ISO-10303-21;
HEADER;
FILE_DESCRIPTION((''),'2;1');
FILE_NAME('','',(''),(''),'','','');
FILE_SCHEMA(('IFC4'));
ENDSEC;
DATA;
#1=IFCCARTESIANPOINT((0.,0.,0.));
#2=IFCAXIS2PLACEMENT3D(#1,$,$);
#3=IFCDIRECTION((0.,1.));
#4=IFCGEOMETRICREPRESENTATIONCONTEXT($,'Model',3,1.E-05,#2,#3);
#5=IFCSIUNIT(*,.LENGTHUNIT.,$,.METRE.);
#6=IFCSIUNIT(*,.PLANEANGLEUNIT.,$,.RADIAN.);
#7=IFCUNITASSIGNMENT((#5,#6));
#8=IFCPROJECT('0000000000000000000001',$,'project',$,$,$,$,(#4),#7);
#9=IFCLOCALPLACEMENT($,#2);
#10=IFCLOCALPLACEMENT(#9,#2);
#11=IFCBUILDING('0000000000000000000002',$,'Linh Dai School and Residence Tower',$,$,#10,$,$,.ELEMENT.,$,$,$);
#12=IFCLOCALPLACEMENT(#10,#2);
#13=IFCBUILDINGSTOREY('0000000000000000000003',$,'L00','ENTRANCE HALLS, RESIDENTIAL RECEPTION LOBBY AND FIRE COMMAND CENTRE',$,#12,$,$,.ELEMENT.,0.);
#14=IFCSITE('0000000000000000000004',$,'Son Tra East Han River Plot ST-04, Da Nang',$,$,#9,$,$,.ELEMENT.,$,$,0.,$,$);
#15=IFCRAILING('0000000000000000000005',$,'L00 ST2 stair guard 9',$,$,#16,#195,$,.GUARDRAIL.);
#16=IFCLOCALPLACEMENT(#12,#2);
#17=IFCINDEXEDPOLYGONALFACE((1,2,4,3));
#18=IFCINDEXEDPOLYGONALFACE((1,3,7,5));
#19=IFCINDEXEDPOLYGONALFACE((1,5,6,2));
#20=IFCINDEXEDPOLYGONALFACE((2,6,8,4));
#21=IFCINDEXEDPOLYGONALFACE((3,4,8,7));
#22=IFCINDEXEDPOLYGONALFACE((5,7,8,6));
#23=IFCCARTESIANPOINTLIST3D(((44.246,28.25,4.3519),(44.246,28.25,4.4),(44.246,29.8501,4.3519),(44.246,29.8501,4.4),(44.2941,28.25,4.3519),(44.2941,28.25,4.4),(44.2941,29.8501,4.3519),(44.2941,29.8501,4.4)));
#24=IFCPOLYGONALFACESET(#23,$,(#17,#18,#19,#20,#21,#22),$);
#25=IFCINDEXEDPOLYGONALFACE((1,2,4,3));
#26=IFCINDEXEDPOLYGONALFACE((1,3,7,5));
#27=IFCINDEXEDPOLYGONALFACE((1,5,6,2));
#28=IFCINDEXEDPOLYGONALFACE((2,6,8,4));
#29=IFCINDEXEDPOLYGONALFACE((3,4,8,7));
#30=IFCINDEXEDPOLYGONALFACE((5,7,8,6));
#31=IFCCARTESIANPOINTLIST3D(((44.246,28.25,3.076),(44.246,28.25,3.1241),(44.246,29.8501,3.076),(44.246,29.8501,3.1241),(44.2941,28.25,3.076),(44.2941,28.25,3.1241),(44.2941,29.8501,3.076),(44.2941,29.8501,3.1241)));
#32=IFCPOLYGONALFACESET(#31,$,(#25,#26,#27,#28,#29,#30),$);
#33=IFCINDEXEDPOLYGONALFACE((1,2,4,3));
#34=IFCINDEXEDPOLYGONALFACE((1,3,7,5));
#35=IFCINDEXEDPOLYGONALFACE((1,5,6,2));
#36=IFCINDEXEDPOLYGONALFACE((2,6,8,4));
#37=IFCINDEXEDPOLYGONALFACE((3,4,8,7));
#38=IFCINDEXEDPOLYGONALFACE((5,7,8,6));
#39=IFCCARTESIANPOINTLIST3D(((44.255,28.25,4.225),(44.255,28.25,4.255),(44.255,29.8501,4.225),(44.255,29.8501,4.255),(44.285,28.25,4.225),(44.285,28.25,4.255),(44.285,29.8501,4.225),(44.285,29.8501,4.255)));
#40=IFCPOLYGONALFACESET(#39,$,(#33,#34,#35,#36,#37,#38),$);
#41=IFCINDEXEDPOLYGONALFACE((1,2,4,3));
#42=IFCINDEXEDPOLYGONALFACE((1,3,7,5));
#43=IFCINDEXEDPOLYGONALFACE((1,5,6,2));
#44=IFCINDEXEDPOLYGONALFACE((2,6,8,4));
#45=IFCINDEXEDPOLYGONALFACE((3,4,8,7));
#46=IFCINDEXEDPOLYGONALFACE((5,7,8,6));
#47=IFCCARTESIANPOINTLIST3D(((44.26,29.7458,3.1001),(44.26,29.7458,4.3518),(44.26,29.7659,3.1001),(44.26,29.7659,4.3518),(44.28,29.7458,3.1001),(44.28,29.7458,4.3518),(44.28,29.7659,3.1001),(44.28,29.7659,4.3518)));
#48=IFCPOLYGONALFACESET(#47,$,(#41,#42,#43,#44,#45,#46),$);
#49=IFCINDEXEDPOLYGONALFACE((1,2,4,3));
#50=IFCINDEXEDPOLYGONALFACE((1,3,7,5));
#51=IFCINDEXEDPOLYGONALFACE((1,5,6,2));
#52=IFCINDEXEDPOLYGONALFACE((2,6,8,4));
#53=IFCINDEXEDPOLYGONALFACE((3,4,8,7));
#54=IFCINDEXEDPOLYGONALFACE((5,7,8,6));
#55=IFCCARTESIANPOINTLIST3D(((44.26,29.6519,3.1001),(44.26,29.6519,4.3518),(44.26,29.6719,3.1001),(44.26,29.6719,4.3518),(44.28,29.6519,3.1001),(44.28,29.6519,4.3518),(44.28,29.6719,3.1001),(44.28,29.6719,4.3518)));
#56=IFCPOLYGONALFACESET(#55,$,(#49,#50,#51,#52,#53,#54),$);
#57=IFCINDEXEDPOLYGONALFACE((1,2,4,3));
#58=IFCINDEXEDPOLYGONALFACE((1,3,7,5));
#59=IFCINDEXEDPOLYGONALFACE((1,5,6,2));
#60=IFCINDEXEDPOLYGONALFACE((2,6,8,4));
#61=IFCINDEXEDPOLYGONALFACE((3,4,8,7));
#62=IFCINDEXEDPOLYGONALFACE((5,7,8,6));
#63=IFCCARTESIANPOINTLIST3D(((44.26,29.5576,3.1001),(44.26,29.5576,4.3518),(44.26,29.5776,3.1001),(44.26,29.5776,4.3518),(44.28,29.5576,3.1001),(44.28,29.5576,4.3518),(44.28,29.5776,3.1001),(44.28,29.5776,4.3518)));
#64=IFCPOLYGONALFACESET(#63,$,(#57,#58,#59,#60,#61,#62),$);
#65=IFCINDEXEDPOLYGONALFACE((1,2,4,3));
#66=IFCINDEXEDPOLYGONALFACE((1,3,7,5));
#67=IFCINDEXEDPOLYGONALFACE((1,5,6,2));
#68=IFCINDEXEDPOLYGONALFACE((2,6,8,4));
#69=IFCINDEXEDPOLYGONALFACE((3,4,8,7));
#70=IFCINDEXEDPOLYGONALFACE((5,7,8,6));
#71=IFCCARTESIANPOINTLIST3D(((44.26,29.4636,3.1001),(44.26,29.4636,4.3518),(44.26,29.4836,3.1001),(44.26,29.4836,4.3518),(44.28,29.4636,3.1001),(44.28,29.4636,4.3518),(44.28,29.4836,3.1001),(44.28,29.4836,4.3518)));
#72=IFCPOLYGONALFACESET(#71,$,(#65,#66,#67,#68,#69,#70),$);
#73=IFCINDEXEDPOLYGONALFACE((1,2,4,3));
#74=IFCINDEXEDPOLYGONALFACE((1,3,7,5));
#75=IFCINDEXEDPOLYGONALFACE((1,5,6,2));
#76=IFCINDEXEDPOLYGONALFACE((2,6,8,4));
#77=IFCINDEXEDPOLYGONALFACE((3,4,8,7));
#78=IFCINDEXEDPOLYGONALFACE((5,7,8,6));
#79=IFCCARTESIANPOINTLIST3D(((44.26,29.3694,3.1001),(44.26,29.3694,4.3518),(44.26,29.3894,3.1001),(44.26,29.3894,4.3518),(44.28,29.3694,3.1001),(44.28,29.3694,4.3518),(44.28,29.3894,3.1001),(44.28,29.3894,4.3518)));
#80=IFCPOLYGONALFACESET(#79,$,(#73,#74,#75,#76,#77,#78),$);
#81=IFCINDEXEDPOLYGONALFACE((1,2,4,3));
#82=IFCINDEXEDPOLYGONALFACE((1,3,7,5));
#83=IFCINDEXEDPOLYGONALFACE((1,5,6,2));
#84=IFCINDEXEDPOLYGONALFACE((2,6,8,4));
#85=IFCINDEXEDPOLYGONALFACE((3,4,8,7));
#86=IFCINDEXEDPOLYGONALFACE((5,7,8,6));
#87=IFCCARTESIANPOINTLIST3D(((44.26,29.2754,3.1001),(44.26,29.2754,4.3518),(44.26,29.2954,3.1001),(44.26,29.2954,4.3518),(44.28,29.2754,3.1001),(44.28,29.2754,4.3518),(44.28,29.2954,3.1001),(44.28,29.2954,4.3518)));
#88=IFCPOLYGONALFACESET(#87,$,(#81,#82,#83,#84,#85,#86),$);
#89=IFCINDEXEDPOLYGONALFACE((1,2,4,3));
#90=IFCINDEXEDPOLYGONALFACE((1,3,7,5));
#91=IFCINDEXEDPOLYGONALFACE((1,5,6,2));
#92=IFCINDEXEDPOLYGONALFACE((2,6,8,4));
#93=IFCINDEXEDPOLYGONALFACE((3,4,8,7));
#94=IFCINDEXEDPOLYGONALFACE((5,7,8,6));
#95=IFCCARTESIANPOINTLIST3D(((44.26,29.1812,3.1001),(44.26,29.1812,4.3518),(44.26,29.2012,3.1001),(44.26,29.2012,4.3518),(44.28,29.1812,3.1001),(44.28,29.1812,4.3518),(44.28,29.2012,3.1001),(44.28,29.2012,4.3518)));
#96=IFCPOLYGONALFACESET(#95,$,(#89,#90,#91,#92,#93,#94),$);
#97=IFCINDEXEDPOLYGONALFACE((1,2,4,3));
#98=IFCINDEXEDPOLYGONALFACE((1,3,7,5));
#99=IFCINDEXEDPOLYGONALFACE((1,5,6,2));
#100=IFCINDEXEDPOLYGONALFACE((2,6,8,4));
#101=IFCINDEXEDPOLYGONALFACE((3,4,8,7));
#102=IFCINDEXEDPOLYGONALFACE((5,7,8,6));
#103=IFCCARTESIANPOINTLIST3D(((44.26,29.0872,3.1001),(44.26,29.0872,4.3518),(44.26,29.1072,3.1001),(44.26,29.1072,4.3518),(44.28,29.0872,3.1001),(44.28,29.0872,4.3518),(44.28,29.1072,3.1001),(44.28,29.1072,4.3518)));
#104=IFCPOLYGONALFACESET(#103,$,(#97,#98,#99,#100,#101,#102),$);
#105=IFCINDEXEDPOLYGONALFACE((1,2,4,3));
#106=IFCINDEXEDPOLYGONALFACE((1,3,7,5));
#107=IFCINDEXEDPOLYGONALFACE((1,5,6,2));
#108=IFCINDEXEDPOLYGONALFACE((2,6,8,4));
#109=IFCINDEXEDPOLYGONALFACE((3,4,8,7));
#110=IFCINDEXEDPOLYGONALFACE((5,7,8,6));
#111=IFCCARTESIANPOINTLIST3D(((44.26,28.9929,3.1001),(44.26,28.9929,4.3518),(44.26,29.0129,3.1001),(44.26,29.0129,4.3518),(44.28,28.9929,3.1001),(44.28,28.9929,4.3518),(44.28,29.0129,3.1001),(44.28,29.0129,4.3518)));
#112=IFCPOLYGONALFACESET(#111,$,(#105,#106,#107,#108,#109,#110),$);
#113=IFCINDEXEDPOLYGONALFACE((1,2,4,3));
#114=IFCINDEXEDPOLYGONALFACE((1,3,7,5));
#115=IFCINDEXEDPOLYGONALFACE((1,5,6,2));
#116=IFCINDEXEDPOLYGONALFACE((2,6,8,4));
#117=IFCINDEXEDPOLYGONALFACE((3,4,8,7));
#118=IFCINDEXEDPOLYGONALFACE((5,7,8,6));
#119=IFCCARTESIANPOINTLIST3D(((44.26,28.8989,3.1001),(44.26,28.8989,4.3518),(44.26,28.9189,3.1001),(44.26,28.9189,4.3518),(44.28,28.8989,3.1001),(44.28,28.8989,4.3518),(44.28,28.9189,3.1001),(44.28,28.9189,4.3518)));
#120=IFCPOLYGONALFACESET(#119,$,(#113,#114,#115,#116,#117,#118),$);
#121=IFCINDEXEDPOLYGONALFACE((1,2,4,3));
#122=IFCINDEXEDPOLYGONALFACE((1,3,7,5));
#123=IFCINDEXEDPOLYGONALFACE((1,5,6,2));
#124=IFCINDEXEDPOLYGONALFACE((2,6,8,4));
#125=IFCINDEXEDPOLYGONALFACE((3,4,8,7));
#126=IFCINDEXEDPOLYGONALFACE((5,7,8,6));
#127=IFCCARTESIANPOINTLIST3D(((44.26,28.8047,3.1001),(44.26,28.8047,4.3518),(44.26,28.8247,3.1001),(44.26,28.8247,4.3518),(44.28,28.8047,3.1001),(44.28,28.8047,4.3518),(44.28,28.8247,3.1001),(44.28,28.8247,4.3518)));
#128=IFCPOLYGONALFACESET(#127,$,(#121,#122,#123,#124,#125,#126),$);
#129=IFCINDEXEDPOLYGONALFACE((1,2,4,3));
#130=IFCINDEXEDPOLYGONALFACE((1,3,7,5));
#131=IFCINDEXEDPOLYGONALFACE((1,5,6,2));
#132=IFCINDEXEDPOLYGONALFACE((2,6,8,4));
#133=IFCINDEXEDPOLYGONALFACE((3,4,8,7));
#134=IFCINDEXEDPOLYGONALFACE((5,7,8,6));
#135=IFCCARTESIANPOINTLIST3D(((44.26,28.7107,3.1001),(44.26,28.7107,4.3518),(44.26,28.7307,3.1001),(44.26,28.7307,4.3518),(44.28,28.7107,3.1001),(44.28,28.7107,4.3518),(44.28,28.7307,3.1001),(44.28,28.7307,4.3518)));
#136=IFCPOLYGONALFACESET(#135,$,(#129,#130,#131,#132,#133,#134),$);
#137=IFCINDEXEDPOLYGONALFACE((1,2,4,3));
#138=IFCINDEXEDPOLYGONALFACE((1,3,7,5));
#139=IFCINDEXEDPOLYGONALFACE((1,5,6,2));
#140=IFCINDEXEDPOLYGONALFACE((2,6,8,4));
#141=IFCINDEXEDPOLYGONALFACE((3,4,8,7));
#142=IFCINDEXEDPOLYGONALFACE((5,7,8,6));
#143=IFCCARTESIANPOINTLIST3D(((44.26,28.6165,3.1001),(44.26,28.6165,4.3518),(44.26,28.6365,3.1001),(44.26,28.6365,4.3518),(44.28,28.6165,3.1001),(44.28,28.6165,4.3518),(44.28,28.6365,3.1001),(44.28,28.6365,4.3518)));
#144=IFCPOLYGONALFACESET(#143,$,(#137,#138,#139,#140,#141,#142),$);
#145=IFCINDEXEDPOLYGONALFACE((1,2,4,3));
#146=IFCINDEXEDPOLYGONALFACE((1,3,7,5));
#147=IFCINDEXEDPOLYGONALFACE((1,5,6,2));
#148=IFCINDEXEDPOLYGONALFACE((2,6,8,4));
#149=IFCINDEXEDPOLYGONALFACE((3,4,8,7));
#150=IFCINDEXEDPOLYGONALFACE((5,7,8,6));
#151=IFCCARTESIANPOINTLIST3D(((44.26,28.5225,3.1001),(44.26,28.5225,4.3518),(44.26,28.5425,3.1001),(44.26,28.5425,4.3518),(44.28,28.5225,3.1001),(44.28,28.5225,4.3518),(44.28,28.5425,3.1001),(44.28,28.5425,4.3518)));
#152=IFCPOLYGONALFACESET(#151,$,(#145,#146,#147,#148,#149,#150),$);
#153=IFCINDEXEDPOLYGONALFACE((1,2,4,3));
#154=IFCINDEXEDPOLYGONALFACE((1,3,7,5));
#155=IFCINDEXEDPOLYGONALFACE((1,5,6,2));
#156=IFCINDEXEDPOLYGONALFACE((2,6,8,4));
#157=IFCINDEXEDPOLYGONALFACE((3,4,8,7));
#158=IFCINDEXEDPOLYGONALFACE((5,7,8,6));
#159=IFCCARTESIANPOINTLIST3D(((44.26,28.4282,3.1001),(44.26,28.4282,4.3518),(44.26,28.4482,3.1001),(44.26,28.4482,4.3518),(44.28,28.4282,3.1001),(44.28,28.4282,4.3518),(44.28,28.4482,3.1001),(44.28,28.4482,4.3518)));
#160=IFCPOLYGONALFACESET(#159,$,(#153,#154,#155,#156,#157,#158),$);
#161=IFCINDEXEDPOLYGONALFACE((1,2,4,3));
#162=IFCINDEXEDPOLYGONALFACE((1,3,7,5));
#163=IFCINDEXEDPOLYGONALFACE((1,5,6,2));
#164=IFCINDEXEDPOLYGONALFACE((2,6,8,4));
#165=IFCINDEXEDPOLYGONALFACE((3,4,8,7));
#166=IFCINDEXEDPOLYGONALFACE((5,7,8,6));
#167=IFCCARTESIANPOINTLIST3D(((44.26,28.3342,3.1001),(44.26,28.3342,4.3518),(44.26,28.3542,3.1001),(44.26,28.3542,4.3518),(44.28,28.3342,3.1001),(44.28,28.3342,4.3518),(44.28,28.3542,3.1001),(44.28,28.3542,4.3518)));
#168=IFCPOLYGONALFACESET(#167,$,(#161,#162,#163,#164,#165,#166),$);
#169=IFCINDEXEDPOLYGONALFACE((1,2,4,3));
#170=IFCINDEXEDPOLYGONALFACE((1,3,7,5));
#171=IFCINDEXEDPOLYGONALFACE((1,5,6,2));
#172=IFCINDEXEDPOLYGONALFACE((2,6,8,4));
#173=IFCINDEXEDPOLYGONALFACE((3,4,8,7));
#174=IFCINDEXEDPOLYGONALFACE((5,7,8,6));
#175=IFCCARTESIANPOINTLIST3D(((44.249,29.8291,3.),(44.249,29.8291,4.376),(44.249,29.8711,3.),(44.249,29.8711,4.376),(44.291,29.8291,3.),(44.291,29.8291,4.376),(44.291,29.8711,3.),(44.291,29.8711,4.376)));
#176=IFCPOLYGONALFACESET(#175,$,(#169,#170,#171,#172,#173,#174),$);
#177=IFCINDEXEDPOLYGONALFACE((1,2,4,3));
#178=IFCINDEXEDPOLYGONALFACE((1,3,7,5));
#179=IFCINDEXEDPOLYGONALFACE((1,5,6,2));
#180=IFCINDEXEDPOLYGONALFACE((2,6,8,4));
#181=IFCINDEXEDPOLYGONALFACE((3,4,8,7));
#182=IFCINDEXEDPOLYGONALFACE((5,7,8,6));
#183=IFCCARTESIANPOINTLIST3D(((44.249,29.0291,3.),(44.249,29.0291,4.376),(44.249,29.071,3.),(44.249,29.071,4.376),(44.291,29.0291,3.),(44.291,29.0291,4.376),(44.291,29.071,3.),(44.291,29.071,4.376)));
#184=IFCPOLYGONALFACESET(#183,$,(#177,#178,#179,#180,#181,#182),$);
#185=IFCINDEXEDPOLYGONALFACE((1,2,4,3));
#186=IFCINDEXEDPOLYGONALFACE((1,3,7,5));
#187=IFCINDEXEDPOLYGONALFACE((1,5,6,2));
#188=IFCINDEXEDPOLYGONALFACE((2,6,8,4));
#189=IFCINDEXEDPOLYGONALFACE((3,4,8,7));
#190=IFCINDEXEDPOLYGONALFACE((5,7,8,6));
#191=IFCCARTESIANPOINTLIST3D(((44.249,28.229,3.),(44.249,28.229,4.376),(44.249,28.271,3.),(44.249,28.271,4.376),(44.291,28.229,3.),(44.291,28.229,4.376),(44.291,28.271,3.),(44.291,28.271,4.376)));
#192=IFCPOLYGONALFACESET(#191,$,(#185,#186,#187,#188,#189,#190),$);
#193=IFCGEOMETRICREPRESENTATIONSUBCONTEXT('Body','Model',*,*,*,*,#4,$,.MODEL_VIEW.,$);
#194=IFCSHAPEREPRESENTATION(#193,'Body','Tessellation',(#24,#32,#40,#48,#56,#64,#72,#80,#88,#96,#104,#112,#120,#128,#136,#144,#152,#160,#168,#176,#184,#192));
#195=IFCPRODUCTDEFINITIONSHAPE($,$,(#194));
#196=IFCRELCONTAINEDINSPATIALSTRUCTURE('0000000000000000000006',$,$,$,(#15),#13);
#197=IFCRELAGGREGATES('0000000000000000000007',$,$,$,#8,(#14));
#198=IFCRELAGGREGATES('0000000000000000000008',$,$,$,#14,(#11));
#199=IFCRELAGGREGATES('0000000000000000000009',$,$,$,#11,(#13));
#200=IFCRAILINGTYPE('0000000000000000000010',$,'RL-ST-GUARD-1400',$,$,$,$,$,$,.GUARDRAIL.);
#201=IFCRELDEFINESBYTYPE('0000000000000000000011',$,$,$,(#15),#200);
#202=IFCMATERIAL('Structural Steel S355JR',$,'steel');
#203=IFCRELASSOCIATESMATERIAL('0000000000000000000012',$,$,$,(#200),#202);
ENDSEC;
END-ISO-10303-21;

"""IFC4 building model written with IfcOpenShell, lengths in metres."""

from ifc_helpers import new_model, si_unit, direction, frame, origin, origin_2d, place, context, subcontext, project, spatial, rectangle, extrude, source, transform, mapped, material, type_object, element, save


model = new_model("IFC4")

# Units and contexts
model_context = context("Model", 3, precision=1e-05, world=origin(), true_north=direction((0.0, 1.0)))
body_context = subcontext(model_context, "Body", "Model", "MODEL_VIEW")
ifc_project = project(units=[si_unit("LENGTHUNIT", "METRE"), si_unit("PLANEANGLEUNIT", "RADIAN")], contexts=[model_context])

# Site, building, storey
site_placement = place(None, origin())
site = spatial("IfcSite", under=ifc_project, at=site_placement, Name="Son Tra East Han River Plot ST-04, Da Nang", CompositionType="ELEMENT", RefElevation=0.0)
building_placement = place(site_placement, origin())
building = spatial("IfcBuilding", under=site, at=building_placement, Name="Linh Dai School and Residence Tower", CompositionType="ELEMENT")
storey_placement = place(building_placement, origin())
storey = spatial("IfcBuildingStorey", under=building, at=storey_placement, Name="L00", Description="ENTRANCE HALLS, RESIDENTIAL RECEPTION LOBBY AND FIRE COMMAND CENTRE", CompositionType="ELEMENT", Elevation=0.0)

# Shared definitions
ifc_material_1 = material(Name="Structural Steel S355JR", Category="steel")

# Railing
railing_type = type_object("IfcRailingType", Name="RL-ST-GUARD-1400", PredefinedType="GUARDRAIL", material=ifc_material_1)
shared_shape_1 = source(origin(), body_context, "Body", "SweptSolid", [
    extrude(rectangle(XDim=0.0481, YDim=0.0481, at=origin_2d()), frame((0.0, 0.0, 1.376), z_axis=(0.0, -1.0, 0.0), x_axis=(1.0, 0.0, 0.0)), (0.0, 0.0, 1.0), 1.6001),
    extrude(rectangle(XDim=0.0481, YDim=0.0481, at=origin_2d()), frame((0.0, 0.0, 0.1001), z_axis=(0.0, -1.0, 0.0), x_axis=(1.0, 0.0, 0.0)), (0.0, 0.0, 1.0), 1.6001),
    extrude(rectangle(XDim=0.03, YDim=0.03, at=origin_2d()), frame((0.0, 0.0, 1.24), z_axis=(0.0, -1.0, 0.0), x_axis=(1.0, 0.0, 0.0)), (0.0, 0.0, 1.0), 1.6001),
    extrude(rectangle(XDim=0.02, YDim=0.02, at=origin_2d()), frame((0.0, -0.0942, 0.1001)), (0.0, 0.0, 1.0), 1.2517),
    extrude(rectangle(XDim=0.02, YDim=0.02, at=origin_2d()), frame((0.0, -0.1882, 0.1001)), (0.0, 0.0, 1.0), 1.2517),
    extrude(rectangle(XDim=0.02, YDim=0.02, at=origin_2d()), frame((0.0, -0.2825, 0.1001)), (0.0, 0.0, 1.0), 1.2517),
    extrude(rectangle(XDim=0.02, YDim=0.02, at=origin_2d()), frame((0.0, -0.3765, 0.1001)), (0.0, 0.0, 1.0), 1.2517),
    extrude(rectangle(XDim=0.02, YDim=0.02, at=origin_2d()), frame((0.0, -0.4707, 0.1001)), (0.0, 0.0, 1.0), 1.2517),
    extrude(rectangle(XDim=0.02, YDim=0.02, at=origin_2d()), frame((0.0, -0.5647, 0.1001)), (0.0, 0.0, 1.0), 1.2517),
    extrude(rectangle(XDim=0.02, YDim=0.02, at=origin_2d()), frame((0.0, -0.6589, 0.1001)), (0.0, 0.0, 1.0), 1.2517),
    extrude(rectangle(XDim=0.02, YDim=0.02, at=origin_2d()), frame((0.0, -0.7529, 0.1001)), (0.0, 0.0, 1.0), 1.2517),
    extrude(rectangle(XDim=0.02, YDim=0.02, at=origin_2d()), frame((0.0, -0.8472, 0.1001)), (0.0, 0.0, 1.0), 1.2517),
    extrude(rectangle(XDim=0.02, YDim=0.02, at=origin_2d()), frame((0.0, -0.9412, 0.1001)), (0.0, 0.0, 1.0), 1.2517),
    extrude(rectangle(XDim=0.02, YDim=0.02, at=origin_2d()), frame((0.0, -1.0354, 0.1001)), (0.0, 0.0, 1.0), 1.2517),
    extrude(rectangle(XDim=0.02, YDim=0.02, at=origin_2d()), frame((0.0, -1.1294, 0.1001)), (0.0, 0.0, 1.0), 1.2517),
    extrude(rectangle(XDim=0.02, YDim=0.02, at=origin_2d()), frame((0.0, -1.2236, 0.1001)), (0.0, 0.0, 1.0), 1.2517),
    extrude(rectangle(XDim=0.02, YDim=0.02, at=origin_2d()), frame((0.0, -1.3176, 0.1001)), (0.0, 0.0, 1.0), 1.2517),
    extrude(rectangle(XDim=0.02, YDim=0.02, at=origin_2d()), frame((0.0, -1.4119, 0.1001)), (0.0, 0.0, 1.0), 1.2517),
    extrude(rectangle(XDim=0.02, YDim=0.02, at=origin_2d()), frame((0.0, -1.5059, 0.1001)), (0.0, 0.0, 1.0), 1.2517),
    extrude(rectangle(XDim=0.042, YDim=0.042, at=origin_2d()), origin(), (0.0, 0.0, 1.0), 1.376),
    extrude(rectangle(XDim=0.042, YDim=0.042, at=origin_2d()), frame((0.0, -0.8, 0.0)), (0.0, 0.0, 1.0), 1.376),
    extrude(rectangle(XDim=0.042, YDim=0.042, at=origin_2d()), frame((0.0, -1.6001, 0.0)), (0.0, 0.0, 1.0), 1.376),
])
for number, where, name in (
    (1, (44.27, 29.8501, 3.0), "L00 ST2 stair guard 9"),
):
    element("IfcRailing", number, at=place(storey_placement, frame(where)), inside=storey, type_object=railing_type, Name=name, PredefinedType="GUARDRAIL", context=body_context, shape_type="MappedRepresentation", body=[
        mapped(shared_shape_1, transform((0.0, 0.0, 0.0), x_axis=(1.0, 0.0, 0.0), y_axis=(0.0, 1.0, 0.0), z_axis=(0.0, 0.0, 1.0), scale=1.0)),
    ])

save(model, "model.ifc")
